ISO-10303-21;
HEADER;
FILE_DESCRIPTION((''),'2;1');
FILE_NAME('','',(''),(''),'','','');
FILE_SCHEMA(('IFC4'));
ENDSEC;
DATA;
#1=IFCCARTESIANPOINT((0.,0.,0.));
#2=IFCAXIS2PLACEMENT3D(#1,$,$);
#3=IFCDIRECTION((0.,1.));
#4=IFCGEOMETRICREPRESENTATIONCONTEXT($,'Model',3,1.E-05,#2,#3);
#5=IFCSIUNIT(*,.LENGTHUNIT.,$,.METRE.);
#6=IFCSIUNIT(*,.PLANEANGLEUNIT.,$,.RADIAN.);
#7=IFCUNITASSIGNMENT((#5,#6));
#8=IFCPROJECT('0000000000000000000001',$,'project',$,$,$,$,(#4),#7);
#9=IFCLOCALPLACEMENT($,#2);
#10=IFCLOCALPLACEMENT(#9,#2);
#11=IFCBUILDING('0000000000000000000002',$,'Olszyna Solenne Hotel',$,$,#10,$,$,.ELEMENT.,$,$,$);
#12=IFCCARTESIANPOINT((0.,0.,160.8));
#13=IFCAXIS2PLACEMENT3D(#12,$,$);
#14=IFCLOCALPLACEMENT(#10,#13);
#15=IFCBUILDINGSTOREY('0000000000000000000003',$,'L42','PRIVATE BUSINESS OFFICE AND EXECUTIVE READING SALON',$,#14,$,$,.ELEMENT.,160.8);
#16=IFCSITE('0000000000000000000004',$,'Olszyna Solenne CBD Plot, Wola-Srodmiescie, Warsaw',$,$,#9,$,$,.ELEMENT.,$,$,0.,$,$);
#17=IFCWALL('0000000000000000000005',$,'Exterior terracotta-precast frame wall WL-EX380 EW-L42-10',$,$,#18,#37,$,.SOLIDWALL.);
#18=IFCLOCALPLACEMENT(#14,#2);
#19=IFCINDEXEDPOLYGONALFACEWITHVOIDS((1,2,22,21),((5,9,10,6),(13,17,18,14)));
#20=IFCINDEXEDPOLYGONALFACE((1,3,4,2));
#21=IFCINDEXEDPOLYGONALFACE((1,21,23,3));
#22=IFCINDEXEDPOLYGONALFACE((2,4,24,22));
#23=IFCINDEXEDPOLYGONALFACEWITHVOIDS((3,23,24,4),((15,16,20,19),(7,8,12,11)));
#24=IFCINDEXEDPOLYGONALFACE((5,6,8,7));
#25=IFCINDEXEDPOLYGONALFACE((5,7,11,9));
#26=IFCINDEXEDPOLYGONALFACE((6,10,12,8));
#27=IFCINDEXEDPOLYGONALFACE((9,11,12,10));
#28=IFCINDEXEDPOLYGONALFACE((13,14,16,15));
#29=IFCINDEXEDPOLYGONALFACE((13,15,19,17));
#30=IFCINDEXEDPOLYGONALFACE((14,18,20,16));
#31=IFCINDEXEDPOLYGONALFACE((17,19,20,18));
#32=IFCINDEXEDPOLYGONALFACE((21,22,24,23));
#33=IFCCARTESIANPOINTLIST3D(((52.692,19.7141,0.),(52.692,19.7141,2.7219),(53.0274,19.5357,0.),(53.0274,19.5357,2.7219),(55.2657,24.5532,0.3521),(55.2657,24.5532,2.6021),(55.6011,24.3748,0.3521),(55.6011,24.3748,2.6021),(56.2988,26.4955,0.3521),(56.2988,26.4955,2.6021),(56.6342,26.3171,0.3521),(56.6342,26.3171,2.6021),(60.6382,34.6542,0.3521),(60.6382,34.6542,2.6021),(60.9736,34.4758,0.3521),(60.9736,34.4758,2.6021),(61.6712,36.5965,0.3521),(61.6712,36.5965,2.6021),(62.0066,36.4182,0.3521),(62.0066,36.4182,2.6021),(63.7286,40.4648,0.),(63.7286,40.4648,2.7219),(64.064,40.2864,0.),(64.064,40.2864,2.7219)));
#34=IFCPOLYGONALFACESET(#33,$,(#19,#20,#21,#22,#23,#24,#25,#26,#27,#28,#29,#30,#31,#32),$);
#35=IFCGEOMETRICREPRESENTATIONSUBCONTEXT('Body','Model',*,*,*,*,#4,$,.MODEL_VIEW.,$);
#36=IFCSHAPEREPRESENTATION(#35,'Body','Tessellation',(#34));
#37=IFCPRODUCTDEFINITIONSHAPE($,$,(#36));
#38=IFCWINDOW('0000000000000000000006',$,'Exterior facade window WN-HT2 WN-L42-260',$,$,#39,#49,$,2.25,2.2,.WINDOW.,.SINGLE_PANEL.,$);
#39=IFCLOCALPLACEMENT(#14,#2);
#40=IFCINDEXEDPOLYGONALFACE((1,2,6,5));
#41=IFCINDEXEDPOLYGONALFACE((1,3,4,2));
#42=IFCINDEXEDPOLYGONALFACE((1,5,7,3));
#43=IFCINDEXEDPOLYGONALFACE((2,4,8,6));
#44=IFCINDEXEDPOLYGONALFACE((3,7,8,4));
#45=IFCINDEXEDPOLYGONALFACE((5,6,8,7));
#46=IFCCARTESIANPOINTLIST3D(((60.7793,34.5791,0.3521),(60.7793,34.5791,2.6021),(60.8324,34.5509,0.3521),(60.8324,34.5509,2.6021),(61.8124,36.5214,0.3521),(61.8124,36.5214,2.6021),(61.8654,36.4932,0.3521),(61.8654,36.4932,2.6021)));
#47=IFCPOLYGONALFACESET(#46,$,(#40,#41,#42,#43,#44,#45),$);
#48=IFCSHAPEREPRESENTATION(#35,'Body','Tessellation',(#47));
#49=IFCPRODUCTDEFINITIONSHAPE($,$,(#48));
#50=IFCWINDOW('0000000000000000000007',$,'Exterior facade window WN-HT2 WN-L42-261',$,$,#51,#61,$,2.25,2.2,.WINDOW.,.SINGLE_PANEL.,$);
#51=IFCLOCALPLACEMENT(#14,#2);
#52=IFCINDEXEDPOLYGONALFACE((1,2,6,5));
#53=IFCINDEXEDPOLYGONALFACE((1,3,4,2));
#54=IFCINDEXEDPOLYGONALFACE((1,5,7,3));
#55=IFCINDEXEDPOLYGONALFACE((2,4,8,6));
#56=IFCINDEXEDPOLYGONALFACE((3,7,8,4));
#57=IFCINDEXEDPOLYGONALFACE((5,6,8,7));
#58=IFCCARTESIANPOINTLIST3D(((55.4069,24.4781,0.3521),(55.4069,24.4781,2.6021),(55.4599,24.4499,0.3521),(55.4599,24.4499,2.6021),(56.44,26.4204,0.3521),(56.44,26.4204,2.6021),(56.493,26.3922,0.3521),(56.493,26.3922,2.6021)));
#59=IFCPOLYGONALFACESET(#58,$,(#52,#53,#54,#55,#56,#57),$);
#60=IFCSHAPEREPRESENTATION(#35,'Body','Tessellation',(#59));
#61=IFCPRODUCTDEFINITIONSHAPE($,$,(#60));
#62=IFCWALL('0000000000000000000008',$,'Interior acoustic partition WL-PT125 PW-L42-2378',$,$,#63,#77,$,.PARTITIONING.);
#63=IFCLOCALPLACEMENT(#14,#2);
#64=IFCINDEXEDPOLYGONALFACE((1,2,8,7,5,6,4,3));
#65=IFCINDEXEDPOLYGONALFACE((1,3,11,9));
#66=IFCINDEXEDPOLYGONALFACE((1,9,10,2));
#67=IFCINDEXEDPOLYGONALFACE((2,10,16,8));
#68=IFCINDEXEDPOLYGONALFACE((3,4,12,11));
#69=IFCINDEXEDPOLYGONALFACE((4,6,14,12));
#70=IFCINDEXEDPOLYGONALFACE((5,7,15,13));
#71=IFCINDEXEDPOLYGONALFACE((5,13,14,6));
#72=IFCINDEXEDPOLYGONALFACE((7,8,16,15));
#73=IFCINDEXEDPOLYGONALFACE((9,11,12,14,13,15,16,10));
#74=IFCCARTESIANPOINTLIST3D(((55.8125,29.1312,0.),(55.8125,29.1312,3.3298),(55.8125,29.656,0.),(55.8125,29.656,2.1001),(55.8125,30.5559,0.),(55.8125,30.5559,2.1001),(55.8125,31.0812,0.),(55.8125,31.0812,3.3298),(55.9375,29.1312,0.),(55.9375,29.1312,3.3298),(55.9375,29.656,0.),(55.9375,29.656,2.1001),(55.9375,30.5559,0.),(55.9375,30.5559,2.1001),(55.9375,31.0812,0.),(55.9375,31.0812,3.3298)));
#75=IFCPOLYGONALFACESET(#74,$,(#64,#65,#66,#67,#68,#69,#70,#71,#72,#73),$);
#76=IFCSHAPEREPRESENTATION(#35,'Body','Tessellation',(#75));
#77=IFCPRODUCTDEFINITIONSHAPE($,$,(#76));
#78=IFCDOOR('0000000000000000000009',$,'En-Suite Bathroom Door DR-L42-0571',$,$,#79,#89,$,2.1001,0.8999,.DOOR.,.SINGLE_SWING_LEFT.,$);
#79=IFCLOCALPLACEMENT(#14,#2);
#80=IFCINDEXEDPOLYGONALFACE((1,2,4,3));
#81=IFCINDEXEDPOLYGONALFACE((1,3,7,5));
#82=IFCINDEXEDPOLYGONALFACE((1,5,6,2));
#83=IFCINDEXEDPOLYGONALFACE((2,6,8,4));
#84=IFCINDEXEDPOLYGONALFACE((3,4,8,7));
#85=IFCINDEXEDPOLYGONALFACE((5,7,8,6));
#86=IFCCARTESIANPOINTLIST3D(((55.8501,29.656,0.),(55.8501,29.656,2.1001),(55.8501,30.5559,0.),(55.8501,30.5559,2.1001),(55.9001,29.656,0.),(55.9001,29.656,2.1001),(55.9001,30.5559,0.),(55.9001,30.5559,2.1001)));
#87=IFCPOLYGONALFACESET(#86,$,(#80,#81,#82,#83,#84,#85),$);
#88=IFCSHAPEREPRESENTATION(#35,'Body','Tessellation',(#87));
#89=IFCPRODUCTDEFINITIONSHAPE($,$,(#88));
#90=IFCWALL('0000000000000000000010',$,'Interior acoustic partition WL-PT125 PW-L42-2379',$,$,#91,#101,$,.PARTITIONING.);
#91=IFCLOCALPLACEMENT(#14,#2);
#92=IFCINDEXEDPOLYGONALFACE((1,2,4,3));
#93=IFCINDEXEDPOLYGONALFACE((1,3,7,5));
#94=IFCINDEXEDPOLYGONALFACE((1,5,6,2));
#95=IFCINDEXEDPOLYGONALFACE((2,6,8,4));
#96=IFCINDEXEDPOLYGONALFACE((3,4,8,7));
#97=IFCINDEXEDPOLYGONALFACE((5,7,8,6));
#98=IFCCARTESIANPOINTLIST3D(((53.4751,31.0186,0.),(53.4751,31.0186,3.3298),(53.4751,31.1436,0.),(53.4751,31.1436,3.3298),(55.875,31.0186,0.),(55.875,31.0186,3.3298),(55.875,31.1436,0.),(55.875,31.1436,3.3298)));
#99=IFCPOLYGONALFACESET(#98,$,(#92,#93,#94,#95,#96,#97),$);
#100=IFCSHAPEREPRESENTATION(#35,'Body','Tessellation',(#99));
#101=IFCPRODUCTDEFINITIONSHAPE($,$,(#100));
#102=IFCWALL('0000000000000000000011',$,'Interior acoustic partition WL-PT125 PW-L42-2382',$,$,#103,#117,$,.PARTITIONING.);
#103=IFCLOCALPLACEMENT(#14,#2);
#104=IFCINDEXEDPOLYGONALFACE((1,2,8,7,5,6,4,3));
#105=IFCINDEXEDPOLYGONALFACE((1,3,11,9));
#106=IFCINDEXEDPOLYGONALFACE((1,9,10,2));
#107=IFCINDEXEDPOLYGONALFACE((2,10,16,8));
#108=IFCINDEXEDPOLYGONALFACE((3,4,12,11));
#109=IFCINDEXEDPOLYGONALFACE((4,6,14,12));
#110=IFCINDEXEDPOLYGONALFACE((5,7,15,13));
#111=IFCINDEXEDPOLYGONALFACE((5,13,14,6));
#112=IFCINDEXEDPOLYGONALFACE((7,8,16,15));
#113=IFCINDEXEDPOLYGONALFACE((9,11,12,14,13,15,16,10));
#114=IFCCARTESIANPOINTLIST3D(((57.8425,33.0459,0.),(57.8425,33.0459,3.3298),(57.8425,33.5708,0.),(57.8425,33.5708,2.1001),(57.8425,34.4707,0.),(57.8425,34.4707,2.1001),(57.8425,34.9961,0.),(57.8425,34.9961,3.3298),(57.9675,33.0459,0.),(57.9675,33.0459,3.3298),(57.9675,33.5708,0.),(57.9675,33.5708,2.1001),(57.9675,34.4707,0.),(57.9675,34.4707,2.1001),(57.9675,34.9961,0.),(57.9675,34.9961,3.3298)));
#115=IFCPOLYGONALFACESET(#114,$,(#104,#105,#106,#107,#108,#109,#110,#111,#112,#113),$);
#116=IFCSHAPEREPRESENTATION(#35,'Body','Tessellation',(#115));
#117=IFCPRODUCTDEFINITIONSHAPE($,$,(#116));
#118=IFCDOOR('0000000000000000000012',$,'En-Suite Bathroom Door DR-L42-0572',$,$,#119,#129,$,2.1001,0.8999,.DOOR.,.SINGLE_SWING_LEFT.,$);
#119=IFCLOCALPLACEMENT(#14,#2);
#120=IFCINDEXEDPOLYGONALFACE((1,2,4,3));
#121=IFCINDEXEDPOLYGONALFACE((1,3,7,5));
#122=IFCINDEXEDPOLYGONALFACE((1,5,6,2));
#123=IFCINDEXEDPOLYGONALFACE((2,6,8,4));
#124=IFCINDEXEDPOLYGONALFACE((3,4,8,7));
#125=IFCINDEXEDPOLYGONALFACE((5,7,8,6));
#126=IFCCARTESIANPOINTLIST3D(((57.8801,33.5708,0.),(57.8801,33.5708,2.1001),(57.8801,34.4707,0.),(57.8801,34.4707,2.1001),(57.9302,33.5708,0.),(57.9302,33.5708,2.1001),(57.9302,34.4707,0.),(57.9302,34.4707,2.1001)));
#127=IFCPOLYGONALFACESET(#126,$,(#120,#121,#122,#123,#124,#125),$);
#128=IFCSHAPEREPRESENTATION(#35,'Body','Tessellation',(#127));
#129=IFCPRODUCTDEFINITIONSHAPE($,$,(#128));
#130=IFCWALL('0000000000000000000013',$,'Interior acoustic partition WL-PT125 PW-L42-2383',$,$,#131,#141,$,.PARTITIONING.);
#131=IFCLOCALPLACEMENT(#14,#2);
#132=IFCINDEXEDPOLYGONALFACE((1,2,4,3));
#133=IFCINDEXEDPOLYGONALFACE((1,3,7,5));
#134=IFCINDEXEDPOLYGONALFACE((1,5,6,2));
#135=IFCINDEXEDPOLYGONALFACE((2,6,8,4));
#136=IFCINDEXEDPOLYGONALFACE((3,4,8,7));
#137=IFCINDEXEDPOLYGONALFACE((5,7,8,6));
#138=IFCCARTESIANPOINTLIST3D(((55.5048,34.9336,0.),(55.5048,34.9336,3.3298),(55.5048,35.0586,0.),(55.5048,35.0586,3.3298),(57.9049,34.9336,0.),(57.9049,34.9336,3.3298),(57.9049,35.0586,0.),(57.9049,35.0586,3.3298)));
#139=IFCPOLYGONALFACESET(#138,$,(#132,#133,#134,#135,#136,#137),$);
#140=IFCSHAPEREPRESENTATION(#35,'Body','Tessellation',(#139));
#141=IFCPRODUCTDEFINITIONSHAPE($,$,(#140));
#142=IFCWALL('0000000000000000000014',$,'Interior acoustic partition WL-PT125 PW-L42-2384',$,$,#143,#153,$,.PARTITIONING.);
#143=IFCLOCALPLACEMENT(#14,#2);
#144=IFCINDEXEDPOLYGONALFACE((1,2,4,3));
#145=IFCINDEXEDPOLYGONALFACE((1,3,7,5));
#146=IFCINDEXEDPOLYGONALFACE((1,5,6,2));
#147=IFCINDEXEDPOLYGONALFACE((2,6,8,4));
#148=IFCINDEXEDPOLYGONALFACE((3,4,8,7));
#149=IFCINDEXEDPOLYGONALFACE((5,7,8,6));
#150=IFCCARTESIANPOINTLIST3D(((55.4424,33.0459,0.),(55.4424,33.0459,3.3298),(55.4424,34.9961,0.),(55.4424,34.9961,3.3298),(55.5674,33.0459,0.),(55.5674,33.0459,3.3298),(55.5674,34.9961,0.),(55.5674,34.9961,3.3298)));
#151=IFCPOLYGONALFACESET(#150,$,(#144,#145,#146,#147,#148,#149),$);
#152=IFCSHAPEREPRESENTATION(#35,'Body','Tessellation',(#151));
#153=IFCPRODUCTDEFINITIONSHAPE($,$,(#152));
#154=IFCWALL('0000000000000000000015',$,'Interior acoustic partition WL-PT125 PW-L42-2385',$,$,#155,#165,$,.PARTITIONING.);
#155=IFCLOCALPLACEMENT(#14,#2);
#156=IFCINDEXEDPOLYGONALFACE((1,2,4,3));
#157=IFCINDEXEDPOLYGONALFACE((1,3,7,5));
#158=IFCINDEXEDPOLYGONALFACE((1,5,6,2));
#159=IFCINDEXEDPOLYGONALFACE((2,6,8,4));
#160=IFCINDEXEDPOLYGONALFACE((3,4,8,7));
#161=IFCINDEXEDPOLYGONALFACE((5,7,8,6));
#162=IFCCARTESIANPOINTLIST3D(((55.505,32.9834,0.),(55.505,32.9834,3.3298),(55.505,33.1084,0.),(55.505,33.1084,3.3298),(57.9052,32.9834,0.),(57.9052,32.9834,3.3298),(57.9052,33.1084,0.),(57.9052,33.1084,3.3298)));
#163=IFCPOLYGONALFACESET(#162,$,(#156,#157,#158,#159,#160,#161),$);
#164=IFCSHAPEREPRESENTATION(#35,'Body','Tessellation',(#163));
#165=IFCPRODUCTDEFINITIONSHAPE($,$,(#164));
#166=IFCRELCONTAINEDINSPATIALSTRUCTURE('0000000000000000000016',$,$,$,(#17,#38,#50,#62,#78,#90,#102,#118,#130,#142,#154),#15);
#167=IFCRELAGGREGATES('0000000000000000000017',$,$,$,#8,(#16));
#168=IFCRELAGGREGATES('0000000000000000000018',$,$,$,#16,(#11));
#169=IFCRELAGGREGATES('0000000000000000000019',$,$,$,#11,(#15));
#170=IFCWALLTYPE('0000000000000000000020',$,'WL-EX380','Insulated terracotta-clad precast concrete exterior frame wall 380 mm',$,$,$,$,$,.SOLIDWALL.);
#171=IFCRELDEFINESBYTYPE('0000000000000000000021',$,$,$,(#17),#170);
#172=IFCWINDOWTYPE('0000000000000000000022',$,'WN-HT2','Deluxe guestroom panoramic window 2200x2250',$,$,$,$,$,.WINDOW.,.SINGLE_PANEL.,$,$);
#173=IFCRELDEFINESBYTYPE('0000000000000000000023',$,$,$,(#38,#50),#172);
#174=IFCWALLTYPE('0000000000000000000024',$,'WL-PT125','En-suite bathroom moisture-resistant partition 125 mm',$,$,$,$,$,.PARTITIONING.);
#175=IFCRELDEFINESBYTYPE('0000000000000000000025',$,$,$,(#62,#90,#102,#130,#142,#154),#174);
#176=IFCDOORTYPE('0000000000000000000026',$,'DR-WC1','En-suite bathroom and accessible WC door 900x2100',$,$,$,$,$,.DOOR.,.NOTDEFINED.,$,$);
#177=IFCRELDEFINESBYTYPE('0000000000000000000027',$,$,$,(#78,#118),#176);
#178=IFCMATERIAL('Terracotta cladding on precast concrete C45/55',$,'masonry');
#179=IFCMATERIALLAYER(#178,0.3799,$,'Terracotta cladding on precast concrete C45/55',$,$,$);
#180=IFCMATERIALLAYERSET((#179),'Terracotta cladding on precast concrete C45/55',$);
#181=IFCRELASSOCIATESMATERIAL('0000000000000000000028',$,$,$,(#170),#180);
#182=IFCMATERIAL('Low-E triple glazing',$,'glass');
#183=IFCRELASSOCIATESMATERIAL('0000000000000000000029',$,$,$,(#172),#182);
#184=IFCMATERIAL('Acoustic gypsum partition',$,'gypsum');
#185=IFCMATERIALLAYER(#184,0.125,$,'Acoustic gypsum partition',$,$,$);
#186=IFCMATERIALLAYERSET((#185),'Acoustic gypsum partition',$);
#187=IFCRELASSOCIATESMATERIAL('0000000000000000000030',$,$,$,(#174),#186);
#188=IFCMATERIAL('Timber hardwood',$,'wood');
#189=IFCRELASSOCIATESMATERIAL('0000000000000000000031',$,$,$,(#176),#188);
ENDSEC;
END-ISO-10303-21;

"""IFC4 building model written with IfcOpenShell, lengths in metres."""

from ifc_helpers import new_model, si_unit, direction, frame, frame_2d, origin, place, context, subcontext, project, spatial, rectangle, extrude, source, transform, mapped, material, layer, layer_set, type_object, type_shapes, element, fill, save


model = new_model("IFC4")

# Units and contexts
model_context = context("Model", 3, precision=1e-05, world=origin(), true_north=direction((0.0, 1.0)))
body_context = subcontext(model_context, "Body", "Model", "MODEL_VIEW")
ifc_project = project(units=[si_unit("LENGTHUNIT", "METRE"), si_unit("PLANEANGLEUNIT", "RADIAN")], contexts=[model_context])

# Site, building, storey
site_placement = place(None, origin())
site = spatial("IfcSite", under=ifc_project, at=site_placement, Name="Olszyna Solenne CBD Plot, Wola-Srodmiescie, Warsaw", CompositionType="ELEMENT", RefElevation=0.0)
building_placement = place(site_placement, origin())
building = spatial("IfcBuilding", under=site, at=building_placement, Name="Olszyna Solenne Hotel", CompositionType="ELEMENT")
storey_placement = place(building_placement, frame((0.0, 0.0, 160.8)))
storey = spatial("IfcBuildingStorey", under=building, at=storey_placement, Name="L42", Description="PRIVATE BUSINESS OFFICE AND EXECUTIVE READING SALON", CompositionType="ELEMENT", Elevation=160.8)

# Shared definitions
ifc_material_1 = material(Name="Terracotta cladding on precast concrete C45/55", Category="masonry")
ifc_layer_1 = layer(ifc_material_1, 0.3799, Name="Terracotta cladding on precast concrete C45/55")
ifc_layer_set_1 = layer_set([ifc_layer_1], Name="Terracotta cladding on precast concrete C45/55")
wall_type_1 = type_object("IfcWallType", Name="WL-EX380", Description="Insulated terracotta-clad precast concrete exterior frame wall 380 mm", PredefinedType="SOLIDWALL", material=ifc_layer_set_1)

# Wall, openings, windows
wall_1_placement = place(storey_placement, frame((63.8962, 40.3755, 0.0), z_axis=(0.0, 0.0, 1.0), x_axis=(-0.46958, -0.88289, 0.0)))
wall_1 = element("IfcWall", 1, at=wall_1_placement, inside=storey, type_object=wall_type_1, Name="Exterior terracotta-precast frame wall WL-EX380 EW-L42-10", PredefinedType="SOLIDWALL", context=body_context, shape_type="SweptSolid", body=[
    extrude(rectangle(XDim=23.5032, YDim=0.3799, at=frame_2d((11.7515, 0.0))), origin(), (0.0, 0.0, 1.0), 2.7219),
])
opening_1_placement = place(wall_1_placement, frame((4.3811, 0.0, 0.3521)))
opening_1 = element("IfcOpeningElement", 2, at=opening_1_placement, cuts=wall_1, PredefinedType="OPENING", context=body_context, shape_type="SweptSolid", body=[
    extrude(rectangle(XDim=2.2, YDim=2.25, at=frame_2d((1.1001, 1.125))), frame((0.0, 0.2, 0.0), z_axis=(0.0, -1.0, 0.0), x_axis=(1.0, 0.0, 0.0)), (0.0, 0.0, 1.0), 0.3999),
])
opening_2_placement = place(wall_1_placement, frame((15.822, 0.0, 0.3521)))
opening_2 = element("IfcOpeningElement", 3, at=opening_2_placement, cuts=wall_1, PredefinedType="OPENING", context=body_context, shape_type="SweptSolid", body=[
    extrude(rectangle(XDim=2.2, YDim=2.25, at=frame_2d((1.1001, 1.125))), frame((0.0, 0.2, 0.0), z_axis=(0.0, -1.0, 0.0), x_axis=(1.0, 0.0, 0.0)), (0.0, 0.0, 1.0), 0.3999),
])
ifc_material_2 = material(Name="Low-E triple glazing", Category="glass")
window_type = type_object("IfcWindowType", Name="WN-HT2", Description="Deluxe guestroom panoramic window 2200x2250", PartitioningType="SINGLE_PANEL", PredefinedType="WINDOW", material=ifc_material_2)
shared_shape_1 = source(origin(), body_context, "Body", "SweptSolid", [
    extrude(rectangle(XDim=2.2, YDim=2.25, at=frame_2d((1.1001, 1.125))), frame((0.0, 0.03, 0.0), z_axis=(0.0, -1.0, 0.0), x_axis=(1.0, 0.0, 0.0)), (0.0, 0.0, 1.0), 0.0601),
])
type_shapes(window_type, [shared_shape_1])
window_1_placement = place(opening_1_placement, origin())
window_1 = element("IfcWindow", 4, at=window_1_placement, inside=storey, type_object=window_type, Name="Exterior facade window WN-HT2 WN-L42-260", OverallHeight=2.25, OverallWidth=2.2, PartitioningType="SINGLE_PANEL", PredefinedType="WINDOW", context=body_context, shape_type="MappedRepresentation", body=[
    mapped(shared_shape_1, transform((0.0, 0.0, 0.0), x_axis=(1.0, 0.0, 0.0), y_axis=(0.0, 1.0, 0.0), z_axis=(0.0, 0.0, 1.0), scale=1.0)),
])
fill(opening_1, window_1)
window_2_placement = place(opening_2_placement, origin())
window_2 = element("IfcWindow", 5, at=window_2_placement, inside=storey, type_object=window_type, Name="Exterior facade window WN-HT2 WN-L42-261", OverallHeight=2.25, OverallWidth=2.2, PartitioningType="SINGLE_PANEL", PredefinedType="WINDOW", context=body_context, shape_type="MappedRepresentation", body=[
    mapped(shared_shape_1, transform((0.0, 0.0, 0.0), x_axis=(1.0, 0.0, 0.0), y_axis=(0.0, 1.0, 0.0), z_axis=(0.0, 0.0, 1.0), scale=1.0)),
])
fill(opening_2, window_2)

# Wall, opening, door
ifc_material_3 = material(Name="Acoustic gypsum partition", Category="gypsum")
ifc_layer_2 = layer(ifc_material_3, 0.125, Name="Acoustic gypsum partition")
ifc_layer_set_2 = layer_set([ifc_layer_2], Name="Acoustic gypsum partition")
wall_type_2 = type_object("IfcWallType", Name="WL-PT125", Description="En-suite bathroom moisture-resistant partition 125 mm", PredefinedType="PARTITIONING", material=ifc_layer_set_2)
wall_2_placement = place(storey_placement, frame((55.875, 29.1311, 0.0), z_axis=(0.0, 0.0, 1.0), x_axis=(0.0, 1.0, 0.0)))
wall_2 = element("IfcWall", 6, at=wall_2_placement, inside=storey, type_object=wall_type_2, Name="Interior acoustic partition WL-PT125 PW-L42-2378", PredefinedType="PARTITIONING", context=body_context, shape_type="SweptSolid", body=[
    extrude(rectangle(XDim=1.95, YDim=0.125, at=frame_2d((0.9751, 0.0))), origin(), (0.0, 0.0, 1.0), 3.3298),
])
opening_3_placement = place(wall_2_placement, frame((0.5249, 0.0, 0.0)))
opening_3 = element("IfcOpeningElement", 7, at=opening_3_placement, cuts=wall_2, PredefinedType="OPENING", context=body_context, shape_type="SweptSolid", body=[
    extrude(rectangle(XDim=0.8999, YDim=2.1001, at=frame_2d((0.45, 1.05))), frame((0.0, 0.0725, 0.0), z_axis=(0.0, -1.0, 0.0), x_axis=(1.0, 0.0, 0.0)), (0.0, 0.0, 1.0), 0.145),
])
ifc_material_4 = material(Name="Timber hardwood", Category="wood")
door_type = type_object("IfcDoorType", Name="DR-WC1", Description="En-suite bathroom and accessible WC door 900x2100", OperationType="NOTDEFINED", PredefinedType="DOOR", material=ifc_material_4)
shared_shape_2 = source(origin(), body_context, "Body", "SweptSolid", [
    extrude(rectangle(XDim=0.8999, YDim=2.1001, at=frame_2d((0.45, 1.05))), frame((0.0, 0.0249, 0.0), z_axis=(0.0, -1.0, 0.0), x_axis=(1.0, 0.0, 0.0)), (0.0, 0.0, 1.0), 0.05),
])
type_shapes(door_type, [shared_shape_2])
door_1_placement = place(opening_3_placement, origin())
door_1 = element("IfcDoor", 8, at=door_1_placement, inside=storey, type_object=door_type, Name="En-Suite Bathroom Door DR-L42-0571", OperationType="SINGLE_SWING_LEFT", OverallHeight=2.1001, OverallWidth=0.8999, PredefinedType="DOOR", context=body_context, shape_type="MappedRepresentation", body=[
    mapped(shared_shape_2, transform((0.0, 0.0, 0.0), x_axis=(1.0, 0.0, 0.0), y_axis=(0.0, 1.0, 0.0), z_axis=(0.0, 0.0, 1.0), scale=1.0)),
])
fill(opening_3, door_1)

# Wall
wall_3_placement = place(storey_placement, frame((55.875, 31.0811, 0.0), z_axis=(0.0, 0.0, 1.0), x_axis=(-1.0, 0.0, 0.0)))
element("IfcWall", 9, at=wall_3_placement, inside=storey, type_object=wall_type_2, Name="Interior acoustic partition WL-PT125 PW-L42-2379", PredefinedType="PARTITIONING", context=body_context, shape_type="SweptSolid", body=[
    extrude(rectangle(XDim=2.3999, YDim=0.125, at=frame_2d((1.2, 0.0))), origin(), (0.0, 0.0, 1.0), 3.3298),
])

# Wall, opening, door
wall_4_placement = place(storey_placement, frame((57.905, 33.0459, 0.0), z_axis=(0.0, 0.0, 1.0), x_axis=(0.0, 1.0, 0.0)))
wall_4 = element("IfcWall", 10, at=wall_4_placement, inside=storey, type_object=wall_type_2, Name="Interior acoustic partition WL-PT125 PW-L42-2382", PredefinedType="PARTITIONING", context=body_context, shape_type="SweptSolid", body=[
    extrude(rectangle(XDim=1.9502, YDim=0.125, at=frame_2d((0.9751, 0.0))), origin(), (0.0, 0.0, 1.0), 3.3298),
])
opening_4_placement = place(wall_4_placement, frame((0.5249, 0.0, 0.0)))
opening_4 = element("IfcOpeningElement", 11, at=opening_4_placement, cuts=wall_4, PredefinedType="OPENING", context=body_context, shape_type="SweptSolid", body=[
    extrude(rectangle(XDim=0.8999, YDim=2.1001, at=frame_2d((0.45, 1.05))), frame((0.0, 0.0725, 0.0), z_axis=(0.0, -1.0, 0.0), x_axis=(1.0, 0.0, 0.0)), (0.0, 0.0, 1.0), 0.145),
])
door_2_placement = place(opening_4_placement, origin())
door_2 = element("IfcDoor", 12, at=door_2_placement, inside=storey, type_object=door_type, Name="En-Suite Bathroom Door DR-L42-0572", OperationType="SINGLE_SWING_LEFT", OverallHeight=2.1001, OverallWidth=0.8999, PredefinedType="DOOR", context=body_context, shape_type="MappedRepresentation", body=[
    mapped(shared_shape_2, transform((0.0, 0.0, 0.0), x_axis=(1.0, 0.0, 0.0), y_axis=(0.0, 1.0, 0.0), z_axis=(0.0, 0.0, 1.0), scale=1.0)),
])
fill(opening_4, door_2)

# Walls
wall_5_placement = place(storey_placement, frame((57.905, 34.9961, 0.0), z_axis=(0.0, 0.0, 1.0), x_axis=(-1.0, 0.0, 0.0)))
element("IfcWall", 13, at=wall_5_placement, inside=storey, type_object=wall_type_2, Name="Interior acoustic partition WL-PT125 PW-L42-2383", PredefinedType="PARTITIONING", context=body_context, shape_type="SweptSolid", body=[
    extrude(rectangle(XDim=2.4001, YDim=0.125, at=frame_2d((1.2002, 0.0))), origin(), (0.0, 0.0, 1.0), 3.3298),
])
wall_6_placement = place(storey_placement, frame((55.5049, 34.9961, 0.0), z_axis=(0.0, 0.0, 1.0), x_axis=(0.0, -1.0, 0.0)))
element("IfcWall", 14, at=wall_6_placement, inside=storey, type_object=wall_type_2, Name="Interior acoustic partition WL-PT125 PW-L42-2384", PredefinedType="PARTITIONING", context=body_context, shape_type="SweptSolid", body=[
    extrude(rectangle(XDim=1.9502, YDim=0.125, at=frame_2d((0.9751, 0.0))), origin(), (0.0, 0.0, 1.0), 3.3298),
])
wall_7_placement = place(storey_placement, frame((55.5049, 33.0459, 0.0), z_axis=(0.0, 0.0, 1.0), x_axis=(1.0, 0.0, 0.0)))
element("IfcWall", 15, at=wall_7_placement, inside=storey, type_object=wall_type_2, Name="Interior acoustic partition WL-PT125 PW-L42-2385", PredefinedType="PARTITIONING", context=body_context, shape_type="SweptSolid", body=[
    extrude(rectangle(XDim=2.4001, YDim=0.125, at=frame_2d((1.2002, 0.0))), origin(), (0.0, 0.0, 1.0), 3.3298),
])

save(model, "model.ifc")
